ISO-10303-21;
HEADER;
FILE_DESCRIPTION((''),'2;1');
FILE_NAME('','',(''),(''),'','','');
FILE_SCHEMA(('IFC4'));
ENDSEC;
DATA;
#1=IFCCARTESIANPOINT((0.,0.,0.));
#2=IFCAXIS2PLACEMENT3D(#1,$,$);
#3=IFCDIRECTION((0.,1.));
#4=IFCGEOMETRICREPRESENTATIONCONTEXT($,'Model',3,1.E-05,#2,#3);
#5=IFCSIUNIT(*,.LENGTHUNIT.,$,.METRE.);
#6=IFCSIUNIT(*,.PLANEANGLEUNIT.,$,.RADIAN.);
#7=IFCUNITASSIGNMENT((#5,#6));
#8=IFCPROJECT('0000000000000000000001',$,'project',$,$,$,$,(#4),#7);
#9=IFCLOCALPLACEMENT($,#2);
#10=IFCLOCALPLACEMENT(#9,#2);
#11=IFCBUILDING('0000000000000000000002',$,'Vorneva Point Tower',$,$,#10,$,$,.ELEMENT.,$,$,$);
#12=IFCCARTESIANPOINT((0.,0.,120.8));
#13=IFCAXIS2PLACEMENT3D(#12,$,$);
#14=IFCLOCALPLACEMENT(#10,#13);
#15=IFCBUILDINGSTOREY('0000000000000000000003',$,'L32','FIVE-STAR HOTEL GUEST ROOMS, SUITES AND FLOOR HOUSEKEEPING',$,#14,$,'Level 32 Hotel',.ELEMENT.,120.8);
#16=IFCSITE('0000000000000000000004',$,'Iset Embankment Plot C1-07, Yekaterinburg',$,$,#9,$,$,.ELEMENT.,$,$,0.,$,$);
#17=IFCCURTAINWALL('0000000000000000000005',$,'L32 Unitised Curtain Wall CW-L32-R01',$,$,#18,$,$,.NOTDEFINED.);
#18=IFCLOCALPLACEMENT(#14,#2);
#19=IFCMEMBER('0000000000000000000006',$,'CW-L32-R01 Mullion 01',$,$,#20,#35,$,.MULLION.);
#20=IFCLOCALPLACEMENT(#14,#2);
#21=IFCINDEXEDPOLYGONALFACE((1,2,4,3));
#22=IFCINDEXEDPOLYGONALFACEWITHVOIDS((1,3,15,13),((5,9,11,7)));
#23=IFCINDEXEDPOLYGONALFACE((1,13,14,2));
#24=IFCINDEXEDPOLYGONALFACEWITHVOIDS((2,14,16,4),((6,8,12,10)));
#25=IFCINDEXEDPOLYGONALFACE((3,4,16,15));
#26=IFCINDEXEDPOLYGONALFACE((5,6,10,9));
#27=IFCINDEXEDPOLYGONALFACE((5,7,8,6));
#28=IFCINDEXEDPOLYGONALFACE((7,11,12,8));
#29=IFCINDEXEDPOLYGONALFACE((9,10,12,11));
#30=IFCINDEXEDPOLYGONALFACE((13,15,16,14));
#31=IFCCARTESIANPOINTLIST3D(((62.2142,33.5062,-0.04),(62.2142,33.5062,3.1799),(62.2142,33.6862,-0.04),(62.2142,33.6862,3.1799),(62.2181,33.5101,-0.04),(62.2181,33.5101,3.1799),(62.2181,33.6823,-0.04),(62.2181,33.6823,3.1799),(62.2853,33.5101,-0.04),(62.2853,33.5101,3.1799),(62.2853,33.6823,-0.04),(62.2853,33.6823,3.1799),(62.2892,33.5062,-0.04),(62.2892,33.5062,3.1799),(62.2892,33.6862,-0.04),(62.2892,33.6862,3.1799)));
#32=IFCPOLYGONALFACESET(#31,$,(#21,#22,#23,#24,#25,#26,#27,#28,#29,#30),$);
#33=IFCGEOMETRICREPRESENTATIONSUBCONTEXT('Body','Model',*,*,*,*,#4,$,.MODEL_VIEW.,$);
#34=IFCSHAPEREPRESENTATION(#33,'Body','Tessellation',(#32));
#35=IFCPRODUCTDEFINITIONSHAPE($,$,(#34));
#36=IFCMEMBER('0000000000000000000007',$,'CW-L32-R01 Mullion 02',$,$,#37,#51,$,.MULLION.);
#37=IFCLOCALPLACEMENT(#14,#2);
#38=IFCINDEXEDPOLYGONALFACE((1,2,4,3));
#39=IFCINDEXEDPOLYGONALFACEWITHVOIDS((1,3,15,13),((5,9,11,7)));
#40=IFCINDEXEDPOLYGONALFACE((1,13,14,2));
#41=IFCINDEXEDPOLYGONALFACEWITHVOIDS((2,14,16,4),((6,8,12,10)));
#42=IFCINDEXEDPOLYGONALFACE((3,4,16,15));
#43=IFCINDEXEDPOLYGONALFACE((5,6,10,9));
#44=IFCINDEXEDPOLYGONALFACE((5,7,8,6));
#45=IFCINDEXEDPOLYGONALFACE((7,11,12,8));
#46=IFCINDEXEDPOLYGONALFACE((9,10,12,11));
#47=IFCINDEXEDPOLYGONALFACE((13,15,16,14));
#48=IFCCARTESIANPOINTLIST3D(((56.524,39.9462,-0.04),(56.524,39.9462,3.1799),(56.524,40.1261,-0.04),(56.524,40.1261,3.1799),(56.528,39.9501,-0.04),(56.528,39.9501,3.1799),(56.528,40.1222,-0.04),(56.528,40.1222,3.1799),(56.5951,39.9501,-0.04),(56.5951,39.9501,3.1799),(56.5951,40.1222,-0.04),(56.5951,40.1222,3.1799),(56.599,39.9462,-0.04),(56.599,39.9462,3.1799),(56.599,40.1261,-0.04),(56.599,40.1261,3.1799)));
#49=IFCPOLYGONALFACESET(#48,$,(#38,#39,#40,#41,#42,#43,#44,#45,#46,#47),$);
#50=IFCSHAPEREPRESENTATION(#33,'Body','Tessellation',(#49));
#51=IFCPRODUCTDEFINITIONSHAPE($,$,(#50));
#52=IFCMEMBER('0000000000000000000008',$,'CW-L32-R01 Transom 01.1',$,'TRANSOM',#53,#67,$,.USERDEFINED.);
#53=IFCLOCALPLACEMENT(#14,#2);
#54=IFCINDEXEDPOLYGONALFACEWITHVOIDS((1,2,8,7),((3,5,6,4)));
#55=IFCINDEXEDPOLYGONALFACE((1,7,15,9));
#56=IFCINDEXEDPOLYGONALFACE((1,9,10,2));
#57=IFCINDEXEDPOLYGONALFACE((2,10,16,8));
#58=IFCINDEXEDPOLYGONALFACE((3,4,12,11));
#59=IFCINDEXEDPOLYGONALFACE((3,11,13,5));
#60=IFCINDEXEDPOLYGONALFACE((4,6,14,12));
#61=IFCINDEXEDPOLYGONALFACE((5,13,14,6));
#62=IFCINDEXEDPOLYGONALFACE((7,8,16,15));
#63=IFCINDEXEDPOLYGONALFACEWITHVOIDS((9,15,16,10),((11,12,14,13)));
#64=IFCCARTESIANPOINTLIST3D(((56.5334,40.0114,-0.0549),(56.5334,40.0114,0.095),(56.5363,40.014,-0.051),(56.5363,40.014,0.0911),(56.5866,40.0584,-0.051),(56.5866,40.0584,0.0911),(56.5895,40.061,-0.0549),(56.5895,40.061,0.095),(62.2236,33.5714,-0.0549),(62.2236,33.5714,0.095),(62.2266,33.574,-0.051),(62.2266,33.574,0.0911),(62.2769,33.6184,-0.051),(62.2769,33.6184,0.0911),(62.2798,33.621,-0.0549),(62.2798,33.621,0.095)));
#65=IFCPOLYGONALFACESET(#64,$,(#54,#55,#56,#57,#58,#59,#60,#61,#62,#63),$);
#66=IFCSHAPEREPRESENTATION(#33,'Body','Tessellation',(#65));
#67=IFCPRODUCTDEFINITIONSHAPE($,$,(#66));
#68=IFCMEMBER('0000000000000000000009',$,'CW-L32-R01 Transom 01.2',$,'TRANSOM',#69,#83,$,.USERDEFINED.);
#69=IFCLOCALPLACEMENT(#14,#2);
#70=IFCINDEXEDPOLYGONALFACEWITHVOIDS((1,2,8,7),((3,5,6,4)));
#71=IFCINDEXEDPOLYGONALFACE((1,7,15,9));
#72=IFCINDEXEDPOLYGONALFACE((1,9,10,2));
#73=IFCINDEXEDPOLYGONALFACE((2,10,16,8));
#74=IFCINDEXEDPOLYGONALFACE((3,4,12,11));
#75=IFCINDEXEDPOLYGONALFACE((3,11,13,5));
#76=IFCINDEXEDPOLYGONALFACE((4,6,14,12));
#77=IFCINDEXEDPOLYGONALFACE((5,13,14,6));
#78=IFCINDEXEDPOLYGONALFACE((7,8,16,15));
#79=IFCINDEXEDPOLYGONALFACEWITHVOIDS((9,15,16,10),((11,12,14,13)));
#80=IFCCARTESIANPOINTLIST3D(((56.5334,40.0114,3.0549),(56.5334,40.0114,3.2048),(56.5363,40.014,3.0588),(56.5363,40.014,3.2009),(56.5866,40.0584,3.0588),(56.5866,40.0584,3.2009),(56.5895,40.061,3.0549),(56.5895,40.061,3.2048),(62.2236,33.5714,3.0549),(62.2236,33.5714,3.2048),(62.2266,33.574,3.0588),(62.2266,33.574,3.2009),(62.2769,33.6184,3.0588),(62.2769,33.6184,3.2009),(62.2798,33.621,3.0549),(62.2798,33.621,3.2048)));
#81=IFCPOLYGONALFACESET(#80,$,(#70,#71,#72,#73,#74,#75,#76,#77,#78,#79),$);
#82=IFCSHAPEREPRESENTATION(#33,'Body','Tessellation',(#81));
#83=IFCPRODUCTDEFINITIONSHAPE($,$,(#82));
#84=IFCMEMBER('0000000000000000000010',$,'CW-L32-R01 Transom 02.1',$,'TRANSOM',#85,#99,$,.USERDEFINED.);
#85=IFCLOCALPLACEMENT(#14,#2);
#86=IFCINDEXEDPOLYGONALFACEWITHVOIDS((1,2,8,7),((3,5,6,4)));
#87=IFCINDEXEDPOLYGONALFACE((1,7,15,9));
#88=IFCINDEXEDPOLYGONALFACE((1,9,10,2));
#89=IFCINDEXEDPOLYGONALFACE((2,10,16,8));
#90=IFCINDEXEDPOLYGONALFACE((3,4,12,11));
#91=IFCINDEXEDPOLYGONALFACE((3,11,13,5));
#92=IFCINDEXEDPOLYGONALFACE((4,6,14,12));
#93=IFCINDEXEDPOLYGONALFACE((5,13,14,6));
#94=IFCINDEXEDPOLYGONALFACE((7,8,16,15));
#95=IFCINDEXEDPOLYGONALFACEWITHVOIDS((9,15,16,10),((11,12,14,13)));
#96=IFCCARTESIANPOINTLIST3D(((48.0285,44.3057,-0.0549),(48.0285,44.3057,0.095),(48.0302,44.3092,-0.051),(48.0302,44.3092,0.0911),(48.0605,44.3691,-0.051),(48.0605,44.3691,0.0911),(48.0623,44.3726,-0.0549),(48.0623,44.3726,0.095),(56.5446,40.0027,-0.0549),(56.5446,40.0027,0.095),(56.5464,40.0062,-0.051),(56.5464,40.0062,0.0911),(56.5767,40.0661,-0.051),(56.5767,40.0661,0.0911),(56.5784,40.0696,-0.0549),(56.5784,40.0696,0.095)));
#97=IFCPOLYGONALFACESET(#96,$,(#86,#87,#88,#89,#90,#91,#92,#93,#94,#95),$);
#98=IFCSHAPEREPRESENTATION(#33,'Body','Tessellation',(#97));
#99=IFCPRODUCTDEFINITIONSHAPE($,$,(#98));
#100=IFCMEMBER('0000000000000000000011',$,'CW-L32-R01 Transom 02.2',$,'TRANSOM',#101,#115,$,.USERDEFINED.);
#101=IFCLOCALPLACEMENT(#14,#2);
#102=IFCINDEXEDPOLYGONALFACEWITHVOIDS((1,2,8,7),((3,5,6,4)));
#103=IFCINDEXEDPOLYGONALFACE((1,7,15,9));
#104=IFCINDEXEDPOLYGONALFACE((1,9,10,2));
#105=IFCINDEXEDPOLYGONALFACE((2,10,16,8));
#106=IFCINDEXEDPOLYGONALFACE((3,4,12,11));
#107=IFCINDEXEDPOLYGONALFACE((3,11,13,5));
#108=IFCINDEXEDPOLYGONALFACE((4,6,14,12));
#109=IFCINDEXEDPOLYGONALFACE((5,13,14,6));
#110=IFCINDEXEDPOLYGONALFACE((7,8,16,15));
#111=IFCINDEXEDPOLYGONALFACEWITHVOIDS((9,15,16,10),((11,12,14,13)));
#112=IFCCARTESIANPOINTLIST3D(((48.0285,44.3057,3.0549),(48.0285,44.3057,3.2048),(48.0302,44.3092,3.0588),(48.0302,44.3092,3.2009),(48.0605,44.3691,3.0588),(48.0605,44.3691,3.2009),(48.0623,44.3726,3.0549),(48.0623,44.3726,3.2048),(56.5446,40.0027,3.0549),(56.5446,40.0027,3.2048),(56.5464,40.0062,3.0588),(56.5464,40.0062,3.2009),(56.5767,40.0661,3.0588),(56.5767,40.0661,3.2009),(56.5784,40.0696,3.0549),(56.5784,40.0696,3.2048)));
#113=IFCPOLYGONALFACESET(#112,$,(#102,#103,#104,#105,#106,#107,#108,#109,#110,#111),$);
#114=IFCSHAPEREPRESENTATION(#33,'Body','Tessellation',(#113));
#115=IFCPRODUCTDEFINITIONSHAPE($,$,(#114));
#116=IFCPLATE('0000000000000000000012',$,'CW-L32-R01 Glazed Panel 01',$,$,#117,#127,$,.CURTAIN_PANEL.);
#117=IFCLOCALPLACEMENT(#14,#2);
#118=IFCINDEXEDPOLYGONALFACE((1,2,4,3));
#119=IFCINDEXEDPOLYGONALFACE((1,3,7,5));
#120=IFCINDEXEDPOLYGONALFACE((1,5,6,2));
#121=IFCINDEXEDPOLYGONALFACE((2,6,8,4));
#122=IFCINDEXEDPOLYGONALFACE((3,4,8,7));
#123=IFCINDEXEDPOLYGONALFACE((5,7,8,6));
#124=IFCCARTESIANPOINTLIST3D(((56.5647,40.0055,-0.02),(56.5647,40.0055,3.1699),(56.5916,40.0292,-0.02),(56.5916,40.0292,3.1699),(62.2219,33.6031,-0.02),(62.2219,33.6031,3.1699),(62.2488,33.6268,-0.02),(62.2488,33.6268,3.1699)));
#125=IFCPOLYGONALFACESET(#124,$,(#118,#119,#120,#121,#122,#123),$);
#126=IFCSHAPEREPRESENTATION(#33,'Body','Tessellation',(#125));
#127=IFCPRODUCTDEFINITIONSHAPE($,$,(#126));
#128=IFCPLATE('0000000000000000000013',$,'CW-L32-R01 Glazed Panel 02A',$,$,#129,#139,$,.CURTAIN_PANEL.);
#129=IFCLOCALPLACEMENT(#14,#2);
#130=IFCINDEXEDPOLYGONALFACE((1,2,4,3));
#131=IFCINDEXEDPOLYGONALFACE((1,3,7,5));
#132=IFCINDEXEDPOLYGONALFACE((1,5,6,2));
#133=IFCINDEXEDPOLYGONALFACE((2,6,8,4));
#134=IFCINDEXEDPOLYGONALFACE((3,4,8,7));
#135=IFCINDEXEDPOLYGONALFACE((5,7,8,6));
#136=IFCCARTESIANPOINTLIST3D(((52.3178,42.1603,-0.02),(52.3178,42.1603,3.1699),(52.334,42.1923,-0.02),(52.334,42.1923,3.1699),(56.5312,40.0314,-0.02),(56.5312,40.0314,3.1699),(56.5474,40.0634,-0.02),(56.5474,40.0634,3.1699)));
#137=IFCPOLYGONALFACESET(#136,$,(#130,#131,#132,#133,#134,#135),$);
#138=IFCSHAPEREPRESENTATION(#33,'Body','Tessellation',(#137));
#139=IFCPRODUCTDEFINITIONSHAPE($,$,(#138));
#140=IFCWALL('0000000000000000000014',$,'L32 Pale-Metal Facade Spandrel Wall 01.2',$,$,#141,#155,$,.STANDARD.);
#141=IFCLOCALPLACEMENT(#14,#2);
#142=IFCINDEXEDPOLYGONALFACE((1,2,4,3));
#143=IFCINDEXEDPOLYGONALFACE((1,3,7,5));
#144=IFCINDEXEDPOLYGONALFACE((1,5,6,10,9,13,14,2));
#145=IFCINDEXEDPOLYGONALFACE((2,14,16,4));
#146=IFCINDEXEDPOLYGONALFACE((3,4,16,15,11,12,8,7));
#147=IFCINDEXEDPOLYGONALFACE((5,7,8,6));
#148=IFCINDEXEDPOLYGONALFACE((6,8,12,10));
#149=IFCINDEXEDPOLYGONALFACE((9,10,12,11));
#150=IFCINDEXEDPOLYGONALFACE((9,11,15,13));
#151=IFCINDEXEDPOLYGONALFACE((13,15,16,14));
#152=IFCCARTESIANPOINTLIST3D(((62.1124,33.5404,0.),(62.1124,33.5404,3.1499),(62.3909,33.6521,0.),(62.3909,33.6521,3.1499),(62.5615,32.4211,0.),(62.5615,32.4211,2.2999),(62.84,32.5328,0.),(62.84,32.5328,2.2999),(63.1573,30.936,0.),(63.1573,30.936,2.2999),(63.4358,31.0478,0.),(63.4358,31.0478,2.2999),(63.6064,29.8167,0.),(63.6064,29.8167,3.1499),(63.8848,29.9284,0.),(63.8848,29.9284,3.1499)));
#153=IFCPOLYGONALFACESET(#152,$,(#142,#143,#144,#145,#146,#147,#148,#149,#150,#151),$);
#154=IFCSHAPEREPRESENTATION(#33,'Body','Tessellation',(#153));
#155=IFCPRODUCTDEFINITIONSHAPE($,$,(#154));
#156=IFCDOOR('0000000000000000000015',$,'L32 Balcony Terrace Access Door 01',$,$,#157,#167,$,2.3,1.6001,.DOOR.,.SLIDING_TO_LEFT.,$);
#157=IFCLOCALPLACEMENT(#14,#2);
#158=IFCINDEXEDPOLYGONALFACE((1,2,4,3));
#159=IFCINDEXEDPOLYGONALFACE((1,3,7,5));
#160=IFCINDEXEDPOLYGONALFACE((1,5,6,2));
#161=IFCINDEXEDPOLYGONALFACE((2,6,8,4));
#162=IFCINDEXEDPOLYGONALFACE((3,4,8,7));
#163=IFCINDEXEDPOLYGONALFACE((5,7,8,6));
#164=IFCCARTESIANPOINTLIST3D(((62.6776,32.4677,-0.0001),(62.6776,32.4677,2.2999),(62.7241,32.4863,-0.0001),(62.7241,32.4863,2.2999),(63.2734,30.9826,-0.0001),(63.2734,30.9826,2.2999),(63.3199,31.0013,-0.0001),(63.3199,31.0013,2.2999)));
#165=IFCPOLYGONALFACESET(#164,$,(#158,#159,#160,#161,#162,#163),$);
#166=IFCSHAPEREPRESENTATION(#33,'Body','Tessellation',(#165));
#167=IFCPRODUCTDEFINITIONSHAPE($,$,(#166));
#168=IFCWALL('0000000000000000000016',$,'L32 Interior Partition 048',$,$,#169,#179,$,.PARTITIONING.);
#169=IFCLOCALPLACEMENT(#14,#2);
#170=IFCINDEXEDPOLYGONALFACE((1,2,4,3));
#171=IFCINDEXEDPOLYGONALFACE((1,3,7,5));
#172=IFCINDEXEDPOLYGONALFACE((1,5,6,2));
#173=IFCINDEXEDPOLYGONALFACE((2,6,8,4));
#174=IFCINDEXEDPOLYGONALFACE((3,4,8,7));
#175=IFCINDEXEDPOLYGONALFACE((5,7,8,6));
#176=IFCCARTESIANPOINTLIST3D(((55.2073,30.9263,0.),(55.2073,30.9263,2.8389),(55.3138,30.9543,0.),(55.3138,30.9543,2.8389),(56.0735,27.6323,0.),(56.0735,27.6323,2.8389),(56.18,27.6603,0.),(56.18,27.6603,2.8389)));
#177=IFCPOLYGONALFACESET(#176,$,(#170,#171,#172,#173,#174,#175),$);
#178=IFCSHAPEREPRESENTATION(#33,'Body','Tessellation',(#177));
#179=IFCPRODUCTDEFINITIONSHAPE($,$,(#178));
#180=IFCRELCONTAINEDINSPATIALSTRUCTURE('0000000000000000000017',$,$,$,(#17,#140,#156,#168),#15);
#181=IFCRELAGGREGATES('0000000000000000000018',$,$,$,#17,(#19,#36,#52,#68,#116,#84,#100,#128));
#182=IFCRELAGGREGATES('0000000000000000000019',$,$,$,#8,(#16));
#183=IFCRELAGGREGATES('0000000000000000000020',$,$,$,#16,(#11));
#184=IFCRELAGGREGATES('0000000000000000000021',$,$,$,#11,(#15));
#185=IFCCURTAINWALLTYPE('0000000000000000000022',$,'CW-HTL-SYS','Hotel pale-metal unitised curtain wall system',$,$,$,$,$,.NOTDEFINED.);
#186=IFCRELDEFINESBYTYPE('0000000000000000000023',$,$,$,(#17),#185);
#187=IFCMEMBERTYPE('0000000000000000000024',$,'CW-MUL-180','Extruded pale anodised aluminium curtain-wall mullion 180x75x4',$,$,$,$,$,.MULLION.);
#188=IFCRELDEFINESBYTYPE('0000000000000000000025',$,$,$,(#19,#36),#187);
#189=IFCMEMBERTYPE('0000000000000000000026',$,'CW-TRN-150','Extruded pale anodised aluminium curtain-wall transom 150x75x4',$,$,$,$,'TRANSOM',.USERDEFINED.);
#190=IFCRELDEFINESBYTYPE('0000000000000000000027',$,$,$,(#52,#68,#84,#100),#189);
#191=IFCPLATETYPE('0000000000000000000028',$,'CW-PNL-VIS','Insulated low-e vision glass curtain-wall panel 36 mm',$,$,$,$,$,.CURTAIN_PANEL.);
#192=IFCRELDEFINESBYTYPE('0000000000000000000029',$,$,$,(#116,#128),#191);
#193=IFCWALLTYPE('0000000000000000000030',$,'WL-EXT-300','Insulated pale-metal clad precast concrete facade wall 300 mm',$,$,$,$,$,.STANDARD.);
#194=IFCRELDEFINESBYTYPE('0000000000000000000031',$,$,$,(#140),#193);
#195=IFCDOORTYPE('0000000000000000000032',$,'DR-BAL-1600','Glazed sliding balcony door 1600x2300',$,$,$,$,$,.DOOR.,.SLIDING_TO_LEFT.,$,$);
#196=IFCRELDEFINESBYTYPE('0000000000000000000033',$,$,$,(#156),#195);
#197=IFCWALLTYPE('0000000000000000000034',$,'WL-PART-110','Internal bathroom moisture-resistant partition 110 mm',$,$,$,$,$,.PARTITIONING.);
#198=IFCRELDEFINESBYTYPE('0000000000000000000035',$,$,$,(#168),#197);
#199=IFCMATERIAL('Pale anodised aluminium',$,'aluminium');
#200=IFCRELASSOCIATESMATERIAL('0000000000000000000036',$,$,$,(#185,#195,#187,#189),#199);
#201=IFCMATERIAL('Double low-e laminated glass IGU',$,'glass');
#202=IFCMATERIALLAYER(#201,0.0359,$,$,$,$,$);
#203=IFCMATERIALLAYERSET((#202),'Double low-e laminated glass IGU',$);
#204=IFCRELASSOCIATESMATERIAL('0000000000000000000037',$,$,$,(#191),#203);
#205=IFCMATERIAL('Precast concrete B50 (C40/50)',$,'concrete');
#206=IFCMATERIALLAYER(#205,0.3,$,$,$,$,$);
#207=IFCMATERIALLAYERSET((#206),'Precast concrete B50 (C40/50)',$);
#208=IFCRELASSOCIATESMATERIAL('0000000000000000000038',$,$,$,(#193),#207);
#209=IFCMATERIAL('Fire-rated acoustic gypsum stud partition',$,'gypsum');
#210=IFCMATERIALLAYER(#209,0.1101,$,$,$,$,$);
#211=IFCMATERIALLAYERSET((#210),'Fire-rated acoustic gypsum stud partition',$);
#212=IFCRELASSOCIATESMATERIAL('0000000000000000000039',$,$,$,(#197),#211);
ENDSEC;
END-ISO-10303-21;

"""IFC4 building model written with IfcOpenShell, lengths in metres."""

from ifc_helpers import new_model, si_unit, direction, frame, frame_2d, origin, origin_2d, place, context, subcontext, project, spatial, rectangle, hollow_rectangle, extrude, material, layer, layer_set, material_profile, profile_set, type_object, element, fill, aggregate, save


model = new_model("IFC4")

# Units and contexts
model_context = context("Model", 3, precision=1e-05, world=origin(), true_north=direction((0.0, 1.0)))
body_context = subcontext(model_context, "Body", "Model", "MODEL_VIEW")
ifc_project = project(units=[si_unit("LENGTHUNIT", "METRE"), si_unit("PLANEANGLEUNIT", "RADIAN")], contexts=[model_context])

# Site, building, storey
site_placement = place(None, origin())
site = spatial("IfcSite", under=ifc_project, at=site_placement, Name="Iset Embankment Plot C1-07, Yekaterinburg", CompositionType="ELEMENT", RefElevation=0.0)
building_placement = place(site_placement, origin())
building = spatial("IfcBuilding", under=site, at=building_placement, Name="Vorneva Point Tower", CompositionType="ELEMENT")
storey_placement = place(building_placement, frame((0.0, 0.0, 120.8)))
storey = spatial("IfcBuildingStorey", under=building, at=storey_placement, Name="L32", Description="FIVE-STAR HOTEL GUEST ROOMS, SUITES AND FLOOR HOUSEKEEPING", LongName="Level 32 Hotel", CompositionType="ELEMENT", Elevation=120.8)

# Curtain wall, members, plates
ifc_material_1 = material(Name="Pale anodised aluminium", Category="aluminium")
curtain_wall_type = type_object("IfcCurtainWallType", Name="CW-HTL-SYS", Description="Hotel pale-metal unitised curtain wall system", PredefinedType="NOTDEFINED", material=ifc_material_1)
curtain_wall_placement = place(storey_placement, origin())
curtain_wall = element("IfcCurtainWall", 1, at=curtain_wall_placement, inside=storey, type_object=curtain_wall_type, Name="L32 Unitised Curtain Wall CW-L32-R01", PredefinedType="NOTDEFINED")
ifc_material_profile_1 = material_profile(ifc_material_1, hollow_rectangle(XDim=0.075, YDim=0.1799, WallThickness=0.0039, at=origin_2d()), Name="AL-MUL 180x75x4")
ifc_profile_set_1 = profile_set([ifc_material_profile_1], Name="Pale anodised aluminium")
member_type_1 = type_object("IfcMemberType", Name="CW-MUL-180", Description="Extruded pale anodised aluminium curtain-wall mullion 180x75x4", PredefinedType="MULLION", material=ifc_profile_set_1)
member_1_placement = place(storey_placement, frame((62.2517, 33.5962, -0.04), z_axis=(0.0, 0.0, 1.0), x_axis=(1.0, 0.0, 0.0)))
member_1 = element("IfcMember", 2, at=member_1_placement, type_object=member_type_1, Name="CW-L32-R01 Mullion 01", PredefinedType="MULLION", context=body_context, shape_type="SweptSolid", body=[
    extrude(hollow_rectangle(XDim=0.075, YDim=0.1799, WallThickness=0.0039, at=origin_2d()), origin(), (0.0, 0.0, 1.0), 3.22),
])
member_2_placement = place(storey_placement, frame((56.5615, 40.0361, -0.04), z_axis=(0.0, 0.0, 1.0), x_axis=(1.0, 0.0, 0.0)))
member_2 = element("IfcMember", 3, at=member_2_placement, type_object=member_type_1, Name="CW-L32-R01 Mullion 02", PredefinedType="MULLION", context=body_context, shape_type="SweptSolid", body=[
    extrude(hollow_rectangle(XDim=0.075, YDim=0.1799, WallThickness=0.0039, at=origin_2d()), origin(), (0.0, 0.0, 1.0), 3.22),
])
ifc_material_profile_2 = material_profile(ifc_material_1, hollow_rectangle(XDim=0.075, YDim=0.1499, WallThickness=0.0039, at=origin_2d()), Name="AL-TRN 150x75x4")
ifc_profile_set_2 = profile_set([ifc_material_profile_2], Name="Pale anodised aluminium")
member_type_2 = type_object("IfcMemberType", Name="CW-TRN-150", Description="Extruded pale anodised aluminium curtain-wall transom 150x75x4", ElementType="TRANSOM", PredefinedType="USERDEFINED", material=ifc_profile_set_2)
member_3_placement = place(storey_placement, frame((62.2517, 33.5962, 0.02), z_axis=(-0.662137, 0.749383, 0.0), x_axis=(-0.749383, -0.662137, 0.0)))
member_3 = element("IfcMember", 4, at=member_3_placement, type_object=member_type_2, Name="CW-L32-R01 Transom 01.1", ObjectType="TRANSOM", PredefinedType="USERDEFINED", context=body_context, shape_type="SweptSolid", body=[
    extrude(hollow_rectangle(XDim=0.075, YDim=0.1499, WallThickness=0.0039, at=origin_2d()), origin(), (0.0, 0.0, 1.0), 8.5938),
])
member_4_placement = place(storey_placement, frame((62.2517, 33.5962, 3.1299), z_axis=(-0.662137, 0.749383, 0.0), x_axis=(-0.749383, -0.662137, 0.0)))
member_4 = element("IfcMember", 5, at=member_4_placement, type_object=member_type_2, Name="CW-L32-R01 Transom 01.2", ObjectType="TRANSOM", PredefinedType="USERDEFINED", context=body_context, shape_type="SweptSolid", body=[
    extrude(hollow_rectangle(XDim=0.075, YDim=0.1499, WallThickness=0.0039, at=origin_2d()), origin(), (0.0, 0.0, 1.0), 8.5938),
])
member_5_placement = place(storey_placement, frame((56.5615, 40.0361, 0.02), z_axis=(-0.892536, 0.450976, 0.0), x_axis=(-0.450976, -0.892536, 0.0)))
member_5 = element("IfcMember", 6, at=member_5_placement, type_object=member_type_2, Name="CW-L32-R01 Transom 02.1", ObjectType="TRANSOM", PredefinedType="USERDEFINED", context=body_context, shape_type="SweptSolid", body=[
    extrude(hollow_rectangle(XDim=0.075, YDim=0.1499, WallThickness=0.0039, at=origin_2d()), origin(), (0.0, 0.0, 1.0), 9.5415),
])
member_6_placement = place(storey_placement, frame((56.5615, 40.0361, 3.1299), z_axis=(-0.892536, 0.450976, 0.0), x_axis=(-0.450976, -0.892536, 0.0)))
member_6 = element("IfcMember", 7, at=member_6_placement, type_object=member_type_2, Name="CW-L32-R01 Transom 02.2", ObjectType="TRANSOM", PredefinedType="USERDEFINED", context=body_context, shape_type="SweptSolid", body=[
    extrude(hollow_rectangle(XDim=0.075, YDim=0.1499, WallThickness=0.0039, at=origin_2d()), origin(), (0.0, 0.0, 1.0), 9.5415),
])
ifc_material_2 = material(Name="Double low-e laminated glass IGU", Category="glass")
ifc_layer_1 = layer(ifc_material_2, 0.0359)
ifc_layer_set_1 = layer_set([ifc_layer_1], Name="Double low-e laminated glass IGU")
plate_type = type_object("IfcPlateType", Name="CW-PNL-VIS", Description="Insulated low-e vision glass curtain-wall panel 36 mm", PredefinedType="CURTAIN_PANEL", material=ifc_layer_set_1)
plate_1_placement = place(storey_placement, frame((59.4067, 36.8162, -0.02), z_axis=(0.0, 0.0, 1.0), x_axis=(-0.662149, 0.749372, 0.0)))
plate_1 = element("IfcPlate", 8, at=plate_1_placement, type_object=plate_type, Name="CW-L32-R01 Glazed Panel 01", PredefinedType="CURTAIN_PANEL", context=body_context, shape_type="SweptSolid", body=[
    extrude(rectangle(XDim=8.5437, YDim=0.0359, at=origin_2d()), origin(), (0.0, 0.0, 1.0), 3.1899),
])
plate_2_placement = place(storey_placement, frame((54.4326, 41.1118, -0.02), z_axis=(0.0, 0.0, 1.0), x_axis=(-0.892539, 0.450971, 0.0)))
plate_2 = element("IfcPlate", 9, at=plate_2_placement, type_object=plate_type, Name="CW-L32-R01 Glazed Panel 02A", PredefinedType="CURTAIN_PANEL", context=body_context, shape_type="SweptSolid", body=[
    extrude(rectangle(XDim=4.7207, YDim=0.0359, at=origin_2d()), origin(), (0.0, 0.0, 1.0), 3.1899),
])
aggregate(curtain_wall, [member_1, member_2, member_3, member_4, plate_1, member_5, member_6, plate_2])

# Wall, opening, door
ifc_material_3 = material(Name="Precast concrete B50 (C40/50)", Category="concrete")
ifc_layer_2 = layer(ifc_material_3, 0.3)
ifc_layer_set_2 = layer_set([ifc_layer_2], Name="Precast concrete B50 (C40/50)")
wall_type_1 = type_object("IfcWallType", Name="WL-EXT-300", Description="Insulated pale-metal clad precast concrete facade wall 300 mm", PredefinedType="STANDARD", material=ifc_layer_set_2)
wall_1_placement = place(storey_placement, frame((63.7456, 29.8726, 0.0), z_axis=(0.0, 0.0, 1.0), x_axis=(-0.372345, 0.928094, 0.0)))
wall_1 = element("IfcWall", 10, at=wall_1_placement, inside=storey, type_object=wall_type_1, Name="L32 Pale-Metal Facade Spandrel Wall 01.2", PredefinedType="STANDARD", context=body_context, shape_type="SweptSolid", body=[
    extrude(rectangle(XDim=4.0122, YDim=0.3, at=frame_2d((2.0061, 0.0))), origin(), (0.0, 0.0, 1.0), 3.1499),
])
opening_1_placement = place(wall_1_placement, frame((1.2061, 0.0, 0.0)))
opening_1 = element("IfcOpeningElement", 11, at=opening_1_placement, cuts=wall_1, PredefinedType="OPENING", context=body_context, shape_type="SweptSolid", body=[
    extrude(rectangle(XDim=1.6001, YDim=2.3, at=frame_2d((0.8, 1.1499))), frame((0.0, 0.165, 0.0), z_axis=(0.0, -1.0, 0.0), x_axis=(1.0, 0.0, 0.0)), (0.0, 0.0, 1.0), 0.3298),
])
door_type_1 = type_object("IfcDoorType", Name="DR-BAL-1600", Description="Glazed sliding balcony door 1600x2300", OperationType="SLIDING_TO_LEFT", PredefinedType="DOOR", material=ifc_material_1)
door_1_placement = place(opening_1_placement, origin())
door_1 = element("IfcDoor", 12, at=door_1_placement, inside=storey, type_object=door_type_1, Name="L32 Balcony Terrace Access Door 01", OperationType="SLIDING_TO_LEFT", OverallHeight=2.3, OverallWidth=1.6001, PredefinedType="DOOR", context=body_context, shape_type="SweptSolid", body=[
    extrude(rectangle(XDim=1.6001, YDim=2.3, at=frame_2d((0.8, 1.1499))), frame((0.0, 0.0249, 0.0), z_axis=(0.0, -1.0, 0.0), x_axis=(1.0, 0.0, 0.0)), (0.0, 0.0, 1.0), 0.05),
])
fill(opening_1, door_1)

# Wall
ifc_material_4 = material(Name="Fire-rated acoustic gypsum stud partition", Category="gypsum")
ifc_layer_3 = layer(ifc_material_4, 0.1101)
ifc_layer_set_3 = layer_set([ifc_layer_3], Name="Fire-rated acoustic gypsum stud partition")
wall_type_2 = type_object("IfcWallType", Name="WL-PART-110", Description="Internal bathroom moisture-resistant partition 110 mm", PredefinedType="PARTITIONING", material=ifc_layer_set_3)
wall_2_placement = place(storey_placement, frame((55.2605, 30.9404, 0.0), z_axis=(0.0, 0.0, 1.0), x_axis=(0.254324, -0.967119, 0.0)))
element("IfcWall", 13, at=wall_2_placement, inside=storey, type_object=wall_type_2, Name="L32 Interior Partition 048", PredefinedType="PARTITIONING", context=body_context, shape_type="SweptSolid", body=[
    extrude(rectangle(XDim=3.406, YDim=0.1101, at=frame_2d((1.7031, 0.0))), origin(), (0.0, 0.0, 1.0), 2.8389),
])

save(model, "model.ifc")
